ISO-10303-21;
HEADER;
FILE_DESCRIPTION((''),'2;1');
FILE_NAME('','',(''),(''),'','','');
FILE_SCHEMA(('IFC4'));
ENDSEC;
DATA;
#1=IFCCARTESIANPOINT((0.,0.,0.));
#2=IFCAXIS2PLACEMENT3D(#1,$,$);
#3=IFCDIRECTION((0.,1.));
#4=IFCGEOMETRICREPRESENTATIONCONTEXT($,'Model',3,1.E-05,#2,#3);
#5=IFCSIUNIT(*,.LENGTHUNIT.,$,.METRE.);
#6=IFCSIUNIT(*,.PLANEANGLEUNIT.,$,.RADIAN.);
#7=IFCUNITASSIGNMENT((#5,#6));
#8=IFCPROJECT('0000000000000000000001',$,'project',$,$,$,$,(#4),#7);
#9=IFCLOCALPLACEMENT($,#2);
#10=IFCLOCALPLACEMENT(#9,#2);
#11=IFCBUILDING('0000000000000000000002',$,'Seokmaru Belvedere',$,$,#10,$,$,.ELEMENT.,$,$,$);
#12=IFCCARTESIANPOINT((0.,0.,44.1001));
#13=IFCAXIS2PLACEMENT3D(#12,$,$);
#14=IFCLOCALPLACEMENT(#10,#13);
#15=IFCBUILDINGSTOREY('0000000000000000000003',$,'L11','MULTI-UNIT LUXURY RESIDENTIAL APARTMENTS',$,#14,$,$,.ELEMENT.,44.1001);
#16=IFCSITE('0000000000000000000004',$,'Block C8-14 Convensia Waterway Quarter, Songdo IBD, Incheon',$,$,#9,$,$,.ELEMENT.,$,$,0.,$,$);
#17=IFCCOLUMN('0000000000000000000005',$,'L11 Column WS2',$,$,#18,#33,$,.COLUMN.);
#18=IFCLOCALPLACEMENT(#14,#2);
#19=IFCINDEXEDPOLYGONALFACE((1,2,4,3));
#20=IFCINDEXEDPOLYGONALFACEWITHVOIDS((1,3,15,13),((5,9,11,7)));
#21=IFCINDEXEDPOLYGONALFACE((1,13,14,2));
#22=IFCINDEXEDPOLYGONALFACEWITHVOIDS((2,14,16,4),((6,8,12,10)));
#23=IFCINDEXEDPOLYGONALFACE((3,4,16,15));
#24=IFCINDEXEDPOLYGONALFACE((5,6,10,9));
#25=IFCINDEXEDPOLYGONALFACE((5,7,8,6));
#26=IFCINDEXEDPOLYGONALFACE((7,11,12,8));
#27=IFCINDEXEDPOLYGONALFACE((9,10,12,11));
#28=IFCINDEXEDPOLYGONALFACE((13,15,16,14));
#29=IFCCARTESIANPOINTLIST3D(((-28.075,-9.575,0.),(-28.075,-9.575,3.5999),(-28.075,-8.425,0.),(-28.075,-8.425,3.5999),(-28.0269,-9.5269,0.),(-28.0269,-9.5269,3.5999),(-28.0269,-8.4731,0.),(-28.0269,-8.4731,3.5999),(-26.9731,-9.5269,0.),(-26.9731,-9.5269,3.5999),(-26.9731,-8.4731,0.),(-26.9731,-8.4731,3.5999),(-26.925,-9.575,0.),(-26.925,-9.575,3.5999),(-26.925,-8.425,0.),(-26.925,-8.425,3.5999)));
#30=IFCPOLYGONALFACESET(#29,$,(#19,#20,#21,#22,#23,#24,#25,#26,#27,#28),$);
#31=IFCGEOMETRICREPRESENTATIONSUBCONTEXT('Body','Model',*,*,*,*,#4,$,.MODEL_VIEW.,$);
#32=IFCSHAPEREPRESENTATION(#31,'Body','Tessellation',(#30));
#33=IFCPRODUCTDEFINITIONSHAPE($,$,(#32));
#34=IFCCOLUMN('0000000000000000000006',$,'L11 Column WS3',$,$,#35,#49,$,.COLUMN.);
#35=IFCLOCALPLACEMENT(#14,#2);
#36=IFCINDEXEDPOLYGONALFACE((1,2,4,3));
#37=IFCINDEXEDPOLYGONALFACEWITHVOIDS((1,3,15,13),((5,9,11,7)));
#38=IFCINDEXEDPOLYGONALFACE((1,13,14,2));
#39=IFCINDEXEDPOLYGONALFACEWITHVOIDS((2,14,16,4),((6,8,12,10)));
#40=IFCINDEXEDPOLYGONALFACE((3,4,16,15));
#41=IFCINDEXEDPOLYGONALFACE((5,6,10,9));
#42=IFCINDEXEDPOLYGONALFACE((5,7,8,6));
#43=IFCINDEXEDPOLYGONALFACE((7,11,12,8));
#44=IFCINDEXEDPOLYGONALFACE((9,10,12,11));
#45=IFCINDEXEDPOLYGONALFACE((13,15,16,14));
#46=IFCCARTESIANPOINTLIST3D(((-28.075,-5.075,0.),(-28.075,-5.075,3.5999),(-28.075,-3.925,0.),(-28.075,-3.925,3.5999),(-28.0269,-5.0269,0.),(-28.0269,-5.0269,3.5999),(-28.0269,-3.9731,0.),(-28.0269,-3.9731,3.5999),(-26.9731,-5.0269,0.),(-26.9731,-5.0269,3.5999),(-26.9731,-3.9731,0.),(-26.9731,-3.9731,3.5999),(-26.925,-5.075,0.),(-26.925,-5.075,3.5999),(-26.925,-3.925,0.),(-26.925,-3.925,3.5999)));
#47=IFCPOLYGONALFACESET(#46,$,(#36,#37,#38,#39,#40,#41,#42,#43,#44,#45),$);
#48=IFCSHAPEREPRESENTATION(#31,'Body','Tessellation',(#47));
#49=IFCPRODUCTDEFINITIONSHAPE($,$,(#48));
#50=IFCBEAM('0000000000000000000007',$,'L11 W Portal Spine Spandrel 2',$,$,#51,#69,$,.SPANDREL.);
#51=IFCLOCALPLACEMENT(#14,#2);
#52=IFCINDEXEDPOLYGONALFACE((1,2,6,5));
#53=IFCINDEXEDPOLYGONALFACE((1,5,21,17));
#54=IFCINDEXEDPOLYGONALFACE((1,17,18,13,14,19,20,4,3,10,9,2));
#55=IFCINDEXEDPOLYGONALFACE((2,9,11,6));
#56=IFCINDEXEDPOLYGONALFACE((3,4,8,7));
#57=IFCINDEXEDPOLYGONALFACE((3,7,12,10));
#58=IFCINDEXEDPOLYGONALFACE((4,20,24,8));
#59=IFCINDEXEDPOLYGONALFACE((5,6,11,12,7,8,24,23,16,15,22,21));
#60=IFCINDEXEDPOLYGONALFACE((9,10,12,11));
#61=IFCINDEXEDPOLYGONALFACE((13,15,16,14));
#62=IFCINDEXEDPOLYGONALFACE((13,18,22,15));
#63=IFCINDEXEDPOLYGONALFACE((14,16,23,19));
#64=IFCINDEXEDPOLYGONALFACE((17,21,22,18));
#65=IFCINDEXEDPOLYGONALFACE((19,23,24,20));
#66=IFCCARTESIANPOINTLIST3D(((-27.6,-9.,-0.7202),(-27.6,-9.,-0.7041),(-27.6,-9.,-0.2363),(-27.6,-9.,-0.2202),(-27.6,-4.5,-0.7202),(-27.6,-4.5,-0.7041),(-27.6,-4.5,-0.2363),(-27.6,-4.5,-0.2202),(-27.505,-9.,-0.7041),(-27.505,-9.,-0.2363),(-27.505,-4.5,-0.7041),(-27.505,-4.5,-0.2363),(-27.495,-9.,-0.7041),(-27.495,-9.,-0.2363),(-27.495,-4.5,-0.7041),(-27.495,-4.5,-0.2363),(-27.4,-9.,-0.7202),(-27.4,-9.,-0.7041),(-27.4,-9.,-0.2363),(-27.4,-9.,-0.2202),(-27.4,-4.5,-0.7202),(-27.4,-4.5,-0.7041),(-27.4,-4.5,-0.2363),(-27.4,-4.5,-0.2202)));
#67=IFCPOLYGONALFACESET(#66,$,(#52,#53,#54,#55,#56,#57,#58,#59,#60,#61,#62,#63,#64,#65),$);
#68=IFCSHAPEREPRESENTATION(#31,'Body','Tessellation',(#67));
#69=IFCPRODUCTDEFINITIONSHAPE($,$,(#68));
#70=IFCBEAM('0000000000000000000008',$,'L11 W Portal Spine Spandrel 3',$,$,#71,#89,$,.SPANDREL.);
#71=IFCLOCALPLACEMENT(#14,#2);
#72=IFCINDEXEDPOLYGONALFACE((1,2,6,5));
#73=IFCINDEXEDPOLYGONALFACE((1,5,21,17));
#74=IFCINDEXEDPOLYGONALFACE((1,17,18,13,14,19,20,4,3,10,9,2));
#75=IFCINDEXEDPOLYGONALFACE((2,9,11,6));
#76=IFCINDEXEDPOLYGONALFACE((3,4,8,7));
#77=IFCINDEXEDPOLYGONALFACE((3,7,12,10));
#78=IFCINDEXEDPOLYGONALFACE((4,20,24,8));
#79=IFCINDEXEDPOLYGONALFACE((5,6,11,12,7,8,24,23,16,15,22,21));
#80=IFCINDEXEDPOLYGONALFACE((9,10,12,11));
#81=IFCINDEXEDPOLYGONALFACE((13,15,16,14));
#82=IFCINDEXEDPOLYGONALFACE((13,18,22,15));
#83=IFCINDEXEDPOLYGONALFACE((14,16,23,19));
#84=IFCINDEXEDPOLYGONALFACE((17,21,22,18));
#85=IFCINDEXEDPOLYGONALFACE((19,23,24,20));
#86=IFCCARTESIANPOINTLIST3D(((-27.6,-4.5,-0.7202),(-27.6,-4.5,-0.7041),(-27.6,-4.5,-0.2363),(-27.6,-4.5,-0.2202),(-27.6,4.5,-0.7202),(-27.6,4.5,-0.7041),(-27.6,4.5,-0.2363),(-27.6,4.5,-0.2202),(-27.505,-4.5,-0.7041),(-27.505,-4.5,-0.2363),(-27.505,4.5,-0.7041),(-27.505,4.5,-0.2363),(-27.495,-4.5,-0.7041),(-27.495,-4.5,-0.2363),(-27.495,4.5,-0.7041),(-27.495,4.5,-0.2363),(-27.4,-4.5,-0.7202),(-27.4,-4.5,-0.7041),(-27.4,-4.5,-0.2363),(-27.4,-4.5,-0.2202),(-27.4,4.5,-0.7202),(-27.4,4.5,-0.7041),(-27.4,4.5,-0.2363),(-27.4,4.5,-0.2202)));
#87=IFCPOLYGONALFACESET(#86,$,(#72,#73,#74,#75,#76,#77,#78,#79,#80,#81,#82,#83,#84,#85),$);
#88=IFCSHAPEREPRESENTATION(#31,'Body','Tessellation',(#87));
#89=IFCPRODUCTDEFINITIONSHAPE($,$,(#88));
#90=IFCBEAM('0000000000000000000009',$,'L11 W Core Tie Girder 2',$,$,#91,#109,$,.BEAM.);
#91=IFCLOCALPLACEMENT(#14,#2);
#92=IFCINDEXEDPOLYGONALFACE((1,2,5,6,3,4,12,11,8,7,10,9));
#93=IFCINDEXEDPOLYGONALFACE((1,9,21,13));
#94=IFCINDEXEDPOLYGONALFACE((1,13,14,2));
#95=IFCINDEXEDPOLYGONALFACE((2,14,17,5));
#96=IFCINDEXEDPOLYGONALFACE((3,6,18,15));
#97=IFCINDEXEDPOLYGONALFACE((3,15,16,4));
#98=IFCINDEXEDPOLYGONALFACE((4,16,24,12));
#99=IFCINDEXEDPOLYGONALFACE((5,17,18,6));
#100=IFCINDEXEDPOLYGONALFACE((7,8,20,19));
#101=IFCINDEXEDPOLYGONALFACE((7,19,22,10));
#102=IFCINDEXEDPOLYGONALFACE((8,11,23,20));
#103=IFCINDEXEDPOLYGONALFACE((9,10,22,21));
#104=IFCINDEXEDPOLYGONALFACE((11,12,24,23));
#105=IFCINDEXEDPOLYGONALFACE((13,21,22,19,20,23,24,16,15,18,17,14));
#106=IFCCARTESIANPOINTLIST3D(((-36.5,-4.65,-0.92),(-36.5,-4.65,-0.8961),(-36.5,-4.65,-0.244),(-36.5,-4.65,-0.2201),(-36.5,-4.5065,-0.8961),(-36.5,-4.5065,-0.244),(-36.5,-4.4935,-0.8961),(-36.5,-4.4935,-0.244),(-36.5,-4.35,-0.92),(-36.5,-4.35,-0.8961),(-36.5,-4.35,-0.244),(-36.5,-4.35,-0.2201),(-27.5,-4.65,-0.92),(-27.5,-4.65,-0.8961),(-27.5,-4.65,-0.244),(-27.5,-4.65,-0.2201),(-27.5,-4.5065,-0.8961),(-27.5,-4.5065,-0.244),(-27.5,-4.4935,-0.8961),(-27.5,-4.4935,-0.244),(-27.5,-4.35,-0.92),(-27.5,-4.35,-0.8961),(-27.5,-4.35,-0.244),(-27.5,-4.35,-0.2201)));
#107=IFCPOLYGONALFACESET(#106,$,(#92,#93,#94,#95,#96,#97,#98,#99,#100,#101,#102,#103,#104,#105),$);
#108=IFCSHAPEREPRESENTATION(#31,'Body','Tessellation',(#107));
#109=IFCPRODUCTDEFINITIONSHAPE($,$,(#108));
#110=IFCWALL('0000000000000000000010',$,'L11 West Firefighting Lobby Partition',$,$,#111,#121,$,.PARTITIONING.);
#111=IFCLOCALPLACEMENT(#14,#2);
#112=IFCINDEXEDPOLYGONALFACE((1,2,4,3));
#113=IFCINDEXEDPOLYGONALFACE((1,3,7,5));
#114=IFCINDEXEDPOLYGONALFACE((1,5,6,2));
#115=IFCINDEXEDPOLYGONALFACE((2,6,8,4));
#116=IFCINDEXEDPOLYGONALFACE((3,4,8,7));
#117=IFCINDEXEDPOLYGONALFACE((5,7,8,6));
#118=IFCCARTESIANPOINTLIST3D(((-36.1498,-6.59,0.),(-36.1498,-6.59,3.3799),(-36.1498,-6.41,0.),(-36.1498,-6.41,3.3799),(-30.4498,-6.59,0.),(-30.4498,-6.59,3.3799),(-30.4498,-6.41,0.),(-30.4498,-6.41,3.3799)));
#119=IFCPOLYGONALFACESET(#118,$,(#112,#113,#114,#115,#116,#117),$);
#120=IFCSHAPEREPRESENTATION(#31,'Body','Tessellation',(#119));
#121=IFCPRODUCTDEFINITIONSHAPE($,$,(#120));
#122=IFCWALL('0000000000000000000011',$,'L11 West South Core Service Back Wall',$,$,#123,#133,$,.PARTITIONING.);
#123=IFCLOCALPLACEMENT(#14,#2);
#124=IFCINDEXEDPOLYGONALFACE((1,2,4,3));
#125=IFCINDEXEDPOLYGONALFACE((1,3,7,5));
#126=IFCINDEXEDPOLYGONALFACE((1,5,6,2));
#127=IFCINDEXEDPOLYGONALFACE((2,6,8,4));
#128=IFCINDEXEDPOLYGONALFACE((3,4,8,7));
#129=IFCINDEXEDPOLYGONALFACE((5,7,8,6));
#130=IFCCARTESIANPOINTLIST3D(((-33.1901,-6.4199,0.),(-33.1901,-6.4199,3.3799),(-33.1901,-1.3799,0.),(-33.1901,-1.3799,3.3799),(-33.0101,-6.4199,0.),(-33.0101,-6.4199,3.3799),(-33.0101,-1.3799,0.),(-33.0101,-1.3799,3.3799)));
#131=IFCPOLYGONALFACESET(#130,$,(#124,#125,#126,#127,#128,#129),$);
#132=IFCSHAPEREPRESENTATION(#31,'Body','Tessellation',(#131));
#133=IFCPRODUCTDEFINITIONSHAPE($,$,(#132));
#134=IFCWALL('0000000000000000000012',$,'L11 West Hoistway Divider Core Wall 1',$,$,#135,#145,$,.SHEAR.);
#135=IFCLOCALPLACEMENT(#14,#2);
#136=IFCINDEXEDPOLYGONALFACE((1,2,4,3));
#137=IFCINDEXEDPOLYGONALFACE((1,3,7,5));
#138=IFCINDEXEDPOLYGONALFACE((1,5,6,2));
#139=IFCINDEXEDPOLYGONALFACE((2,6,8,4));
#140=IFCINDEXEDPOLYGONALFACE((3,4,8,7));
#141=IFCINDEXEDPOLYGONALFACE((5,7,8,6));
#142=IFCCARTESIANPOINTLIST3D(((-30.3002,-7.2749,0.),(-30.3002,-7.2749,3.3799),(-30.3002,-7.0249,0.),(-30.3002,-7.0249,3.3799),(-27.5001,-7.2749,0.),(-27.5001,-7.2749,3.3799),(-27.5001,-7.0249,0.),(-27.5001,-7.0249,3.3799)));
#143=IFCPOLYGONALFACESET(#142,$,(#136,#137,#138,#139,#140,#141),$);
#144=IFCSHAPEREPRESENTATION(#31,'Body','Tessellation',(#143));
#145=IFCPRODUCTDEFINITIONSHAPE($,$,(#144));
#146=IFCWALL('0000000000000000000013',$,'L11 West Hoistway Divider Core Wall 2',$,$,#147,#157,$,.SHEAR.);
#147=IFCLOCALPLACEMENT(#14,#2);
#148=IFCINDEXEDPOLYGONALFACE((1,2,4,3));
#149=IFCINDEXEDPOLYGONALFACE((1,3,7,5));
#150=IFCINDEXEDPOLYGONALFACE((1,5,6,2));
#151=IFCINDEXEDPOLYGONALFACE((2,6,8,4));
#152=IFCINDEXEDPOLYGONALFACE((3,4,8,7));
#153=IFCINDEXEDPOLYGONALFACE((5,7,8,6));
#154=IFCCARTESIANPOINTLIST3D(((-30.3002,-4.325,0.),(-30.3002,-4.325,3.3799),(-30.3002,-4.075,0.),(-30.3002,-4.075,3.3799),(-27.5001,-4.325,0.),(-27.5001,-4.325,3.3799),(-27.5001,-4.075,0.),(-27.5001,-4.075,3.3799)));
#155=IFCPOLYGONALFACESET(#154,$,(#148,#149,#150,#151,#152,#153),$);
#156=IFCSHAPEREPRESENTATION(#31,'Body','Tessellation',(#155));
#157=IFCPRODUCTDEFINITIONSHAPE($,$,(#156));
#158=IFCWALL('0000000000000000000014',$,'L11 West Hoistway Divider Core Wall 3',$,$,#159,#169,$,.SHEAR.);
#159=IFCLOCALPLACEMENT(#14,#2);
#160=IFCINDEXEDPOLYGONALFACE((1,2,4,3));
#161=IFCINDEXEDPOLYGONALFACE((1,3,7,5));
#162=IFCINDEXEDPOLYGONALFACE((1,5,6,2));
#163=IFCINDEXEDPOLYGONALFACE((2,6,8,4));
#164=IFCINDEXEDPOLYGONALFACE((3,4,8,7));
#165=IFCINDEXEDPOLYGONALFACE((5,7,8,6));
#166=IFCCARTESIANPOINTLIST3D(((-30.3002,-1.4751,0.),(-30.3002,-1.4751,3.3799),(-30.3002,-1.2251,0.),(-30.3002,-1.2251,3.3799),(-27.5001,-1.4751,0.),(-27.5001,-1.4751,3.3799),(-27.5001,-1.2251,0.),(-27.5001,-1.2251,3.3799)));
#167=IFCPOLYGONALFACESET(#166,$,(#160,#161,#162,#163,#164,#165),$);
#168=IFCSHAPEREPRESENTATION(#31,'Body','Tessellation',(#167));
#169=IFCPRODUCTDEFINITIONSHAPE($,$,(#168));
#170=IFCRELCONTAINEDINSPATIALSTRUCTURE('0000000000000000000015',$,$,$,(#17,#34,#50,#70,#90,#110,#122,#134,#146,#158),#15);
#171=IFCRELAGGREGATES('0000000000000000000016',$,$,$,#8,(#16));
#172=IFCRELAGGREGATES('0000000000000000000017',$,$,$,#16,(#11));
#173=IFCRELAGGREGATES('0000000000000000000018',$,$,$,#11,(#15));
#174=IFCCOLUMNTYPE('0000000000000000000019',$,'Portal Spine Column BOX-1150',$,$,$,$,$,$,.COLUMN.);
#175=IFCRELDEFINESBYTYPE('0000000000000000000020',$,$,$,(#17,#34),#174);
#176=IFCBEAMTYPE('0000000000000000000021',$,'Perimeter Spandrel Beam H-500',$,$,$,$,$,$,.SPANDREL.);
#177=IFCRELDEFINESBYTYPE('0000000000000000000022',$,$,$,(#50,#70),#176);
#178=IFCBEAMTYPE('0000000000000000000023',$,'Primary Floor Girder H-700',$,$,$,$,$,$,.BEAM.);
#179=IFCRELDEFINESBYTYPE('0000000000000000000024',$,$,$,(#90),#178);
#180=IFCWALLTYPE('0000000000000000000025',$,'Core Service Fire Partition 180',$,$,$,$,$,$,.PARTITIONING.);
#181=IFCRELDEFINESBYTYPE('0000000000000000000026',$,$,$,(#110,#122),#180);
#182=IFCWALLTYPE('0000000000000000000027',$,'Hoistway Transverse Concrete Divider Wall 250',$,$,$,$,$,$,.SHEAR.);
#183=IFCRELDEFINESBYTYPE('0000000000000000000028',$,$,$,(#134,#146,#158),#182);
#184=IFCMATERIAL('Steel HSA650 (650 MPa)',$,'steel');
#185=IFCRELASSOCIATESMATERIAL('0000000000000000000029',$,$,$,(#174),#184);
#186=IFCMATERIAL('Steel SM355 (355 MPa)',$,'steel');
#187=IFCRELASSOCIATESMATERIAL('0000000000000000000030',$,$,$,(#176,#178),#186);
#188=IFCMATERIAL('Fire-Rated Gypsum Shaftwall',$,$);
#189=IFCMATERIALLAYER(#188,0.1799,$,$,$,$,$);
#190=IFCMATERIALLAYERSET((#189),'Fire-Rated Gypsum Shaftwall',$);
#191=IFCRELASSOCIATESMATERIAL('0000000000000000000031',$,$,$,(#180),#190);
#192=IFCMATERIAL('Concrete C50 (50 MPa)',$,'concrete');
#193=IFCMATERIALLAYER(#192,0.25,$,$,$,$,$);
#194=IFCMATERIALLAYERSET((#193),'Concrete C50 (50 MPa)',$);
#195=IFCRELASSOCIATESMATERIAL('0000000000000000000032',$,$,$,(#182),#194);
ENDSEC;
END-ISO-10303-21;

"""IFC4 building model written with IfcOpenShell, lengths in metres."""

from ifc_helpers import new_model, si_unit, direction, frame, frame_2d, origin, origin_2d, place, context, subcontext, project, spatial, rectangle, hollow_rectangle, i_section, extrude, source, transform, mapped, material, layer, layer_set, material_profile, profile_set, type_object, type_shapes, element, save


model = new_model("IFC4")

# Units and contexts
model_context = context("Model", 3, precision=1e-05, world=origin(), true_north=direction((0.0, 1.0)))
body_context = subcontext(model_context, "Body", "Model", "MODEL_VIEW")
ifc_project = project(units=[si_unit("LENGTHUNIT", "METRE"), si_unit("PLANEANGLEUNIT", "RADIAN")], contexts=[model_context])

# Site, building, storey
site_placement = place(None, origin())
site = spatial("IfcSite", under=ifc_project, at=site_placement, Name="Block C8-14 Convensia Waterway Quarter, Songdo IBD, Incheon", CompositionType="ELEMENT", RefElevation=0.0)
building_placement = place(site_placement, origin())
building = spatial("IfcBuilding", under=site, at=building_placement, Name="Seokmaru Belvedere", CompositionType="ELEMENT")
storey_placement = place(building_placement, frame((0.0, 0.0, 44.1001)))
storey = spatial("IfcBuildingStorey", under=building, at=storey_placement, Name="L11", Description="MULTI-UNIT LUXURY RESIDENTIAL APARTMENTS", CompositionType="ELEMENT", Elevation=44.1001)

# Columns
ifc_material_1 = material(Name="Steel HSA650 (650 MPa)", Category="steel")
ifc_material_profile_1 = material_profile(ifc_material_1, hollow_rectangle(XDim=1.1499, YDim=1.1499, WallThickness=0.0481, at=origin_2d()), Name="BOX-1150x1150x48")
ifc_profile_set_1 = profile_set([ifc_material_profile_1], Name="Steel HSA650 (650 MPa)")
column_type = type_object("IfcColumnType", Name="Portal Spine Column BOX-1150", PredefinedType="COLUMN", material=ifc_profile_set_1)
shared_shape_1 = source(origin(), body_context, "Body", "SweptSolid", [
    extrude(hollow_rectangle(XDim=1.1499, YDim=1.1499, WallThickness=0.0481, at=origin_2d()), origin(), (0.0, 0.0, 1.0), 3.5999),
])
type_shapes(column_type, [shared_shape_1])
for number, where, z_axis, x_axis, name in (
    (1, (-27.5, -9.0, 0.0), (0.0, 0.0, 1.0), (1.0, 0.0, 0.0), "L11 Column WS2"),
    (2, (-27.5, -4.5, 0.0), (0.0, 0.0, 1.0), (1.0, 0.0, 0.0), "L11 Column WS3"),
):
    element("IfcColumn", number, at=place(storey_placement, frame(where, z_axis=z_axis, x_axis=x_axis)), inside=storey, type_object=column_type, Name=name, PredefinedType="COLUMN", context=body_context, shape_type="MappedRepresentation", body=[
        mapped(shared_shape_1, transform((0.0, 0.0, 0.0), scale=1.0)),
    ])

# Beams
ifc_material_2 = material(Name="Steel SM355 (355 MPa)", Category="steel")
ifc_material_profile_2 = material_profile(ifc_material_2, i_section(OverallWidth=0.2, OverallDepth=0.5, WebThickness=0.01, FlangeThickness=0.0161, at=origin_2d()), Name="H-500x200x10x16")
ifc_profile_set_2 = profile_set([ifc_material_profile_2], Name="Steel SM355 (355 MPa)")
beam_type_1 = type_object("IfcBeamType", Name="Perimeter Spandrel Beam H-500", PredefinedType="SPANDREL", material=ifc_profile_set_2)
shared_shape_2 = source(origin(), body_context, "Body", "SweptSolid", [
    extrude(i_section(OverallWidth=0.2, OverallDepth=0.5, WebThickness=0.01, FlangeThickness=0.0161, at=origin_2d()), origin(), (0.0, 0.0, 1.0), 4.5),
])
beam_1_placement = place(storey_placement, frame((-27.5, -9.0, -0.4702), z_axis=(0.0, 1.0, 0.0), x_axis=(-1.0, 0.0, 0.0)))
element("IfcBeam", 3, at=beam_1_placement, inside=storey, type_object=beam_type_1, Name="L11 W Portal Spine Spandrel 2", PredefinedType="SPANDREL", context=body_context, shape_type="MappedRepresentation", body=[
    mapped(shared_shape_2, transform((0.0, 0.0, 0.0), scale=1.0)),
])
shared_shape_3 = source(origin(), body_context, "Body", "SweptSolid", [
    extrude(i_section(OverallWidth=0.2, OverallDepth=0.5, WebThickness=0.01, FlangeThickness=0.0161, at=origin_2d()), origin(), (0.0, 0.0, 1.0), 9.0),
])
type_shapes(beam_type_1, [shared_shape_2, shared_shape_3])
beam_2_placement = place(storey_placement, frame((-27.5, -4.5, -0.4702), z_axis=(0.0, 1.0, 0.0), x_axis=(-1.0, 0.0, 0.0)))
element("IfcBeam", 4, at=beam_2_placement, inside=storey, type_object=beam_type_1, Name="L11 W Portal Spine Spandrel 3", PredefinedType="SPANDREL", context=body_context, shape_type="MappedRepresentation", body=[
    mapped(shared_shape_3, transform((0.0, 0.0, 0.0), scale=1.0)),
])
ifc_material_profile_3 = material_profile(ifc_material_2, i_section(OverallWidth=0.3, OverallDepth=0.7, WebThickness=0.0129, FlangeThickness=0.0239, at=origin_2d()), Name="H-700x300x13x24")
ifc_profile_set_3 = profile_set([ifc_material_profile_3], Name="Steel SM355 (355 MPa)")
beam_type_2 = type_object("IfcBeamType", Name="Primary Floor Girder H-700", PredefinedType="BEAM", material=ifc_profile_set_3)
shared_shape_4 = source(origin(), body_context, "Body", "SweptSolid", [
    extrude(i_section(OverallWidth=0.3, OverallDepth=0.7, WebThickness=0.0129, FlangeThickness=0.0239, at=origin_2d()), origin(), (0.0, 0.0, 1.0), 9.0),
])
type_shapes(beam_type_2, [shared_shape_4])
beam_3_placement = place(storey_placement, frame((-36.5, -4.5, -0.5701), z_axis=(1.0, 0.0, 0.0), x_axis=(0.0, 1.0, 0.0)))
element("IfcBeam", 5, at=beam_3_placement, inside=storey, type_object=beam_type_2, Name="L11 W Core Tie Girder 2", PredefinedType="BEAM", context=body_context, shape_type="MappedRepresentation", body=[
    mapped(shared_shape_4, transform((0.0, 0.0, 0.0), scale=1.0)),
])

# Walls
ifc_material_3 = material(Name="Fire-Rated Gypsum Shaftwall")
ifc_layer_1 = layer(ifc_material_3, 0.1799)
ifc_layer_set_1 = layer_set([ifc_layer_1], Name="Fire-Rated Gypsum Shaftwall")
wall_type_1 = type_object("IfcWallType", Name="Core Service Fire Partition 180", PredefinedType="PARTITIONING", material=ifc_layer_set_1)
wall_1_placement = place(storey_placement, frame((-36.1499, -6.5, 0.0), z_axis=(0.0, 0.0, 1.0), x_axis=(1.0, 0.0, 0.0)))
element("IfcWall", 6, at=wall_1_placement, inside=storey, type_object=wall_type_1, Name="L11 West Firefighting Lobby Partition", PredefinedType="PARTITIONING", context=body_context, shape_type="SweptSolid", body=[
    extrude(rectangle(XDim=5.7, YDim=0.1799, at=frame_2d((2.8501, 0.0))), origin(), (0.0, 0.0, 1.0), 3.3799),
])
wall_2_placement = place(storey_placement, frame((-33.1001, -6.4199, 0.0), z_axis=(0.0, 0.0, 1.0), x_axis=(0.0, 1.0, 0.0)))
element("IfcWall", 7, at=wall_2_placement, inside=storey, type_object=wall_type_1, Name="L11 West South Core Service Back Wall", PredefinedType="PARTITIONING", context=body_context, shape_type="SweptSolid", body=[
    extrude(rectangle(XDim=5.04, YDim=0.1799, at=frame_2d((2.52, 0.0))), origin(), (0.0, 0.0, 1.0), 3.3799),
])
ifc_material_4 = material(Name="Concrete C50 (50 MPa)", Category="concrete")
ifc_layer_2 = layer(ifc_material_4, 0.25)
ifc_layer_set_2 = layer_set([ifc_layer_2], Name="Concrete C50 (50 MPa)")
wall_type_2 = type_object("IfcWallType", Name="Hoistway Transverse Concrete Divider Wall 250", PredefinedType="SHEAR", material=ifc_layer_set_2)
for number, where, z_axis, x_axis, name in (
    (8, (-30.3, -7.1499, 0.0), (0.0, 0.0, 1.0), (1.0, 0.0, 0.0), "L11 West Hoistway Divider Core Wall 1"),
    (9, (-30.3, -4.2, 0.0), (0.0, 0.0, 1.0), (1.0, 0.0, 0.0), "L11 West Hoistway Divider Core Wall 2"),
    (10, (-30.3, -1.3501, 0.0), (0.0, 0.0, 1.0), (1.0, 0.0, 0.0), "L11 West Hoistway Divider Core Wall 3"),
):
    element("IfcWall", number, at=place(storey_placement, frame(where, z_axis=z_axis, x_axis=x_axis)), inside=storey, type_object=wall_type_2, Name=name, PredefinedType="SHEAR", context=body_context, shape_type="SweptSolid", body=[
        extrude(rectangle(XDim=2.8, YDim=0.25, at=frame_2d((1.3999, 0.0))), origin(), (0.0, 0.0, 1.0), 3.3799),
    ])

save(model, "model.ifc")
